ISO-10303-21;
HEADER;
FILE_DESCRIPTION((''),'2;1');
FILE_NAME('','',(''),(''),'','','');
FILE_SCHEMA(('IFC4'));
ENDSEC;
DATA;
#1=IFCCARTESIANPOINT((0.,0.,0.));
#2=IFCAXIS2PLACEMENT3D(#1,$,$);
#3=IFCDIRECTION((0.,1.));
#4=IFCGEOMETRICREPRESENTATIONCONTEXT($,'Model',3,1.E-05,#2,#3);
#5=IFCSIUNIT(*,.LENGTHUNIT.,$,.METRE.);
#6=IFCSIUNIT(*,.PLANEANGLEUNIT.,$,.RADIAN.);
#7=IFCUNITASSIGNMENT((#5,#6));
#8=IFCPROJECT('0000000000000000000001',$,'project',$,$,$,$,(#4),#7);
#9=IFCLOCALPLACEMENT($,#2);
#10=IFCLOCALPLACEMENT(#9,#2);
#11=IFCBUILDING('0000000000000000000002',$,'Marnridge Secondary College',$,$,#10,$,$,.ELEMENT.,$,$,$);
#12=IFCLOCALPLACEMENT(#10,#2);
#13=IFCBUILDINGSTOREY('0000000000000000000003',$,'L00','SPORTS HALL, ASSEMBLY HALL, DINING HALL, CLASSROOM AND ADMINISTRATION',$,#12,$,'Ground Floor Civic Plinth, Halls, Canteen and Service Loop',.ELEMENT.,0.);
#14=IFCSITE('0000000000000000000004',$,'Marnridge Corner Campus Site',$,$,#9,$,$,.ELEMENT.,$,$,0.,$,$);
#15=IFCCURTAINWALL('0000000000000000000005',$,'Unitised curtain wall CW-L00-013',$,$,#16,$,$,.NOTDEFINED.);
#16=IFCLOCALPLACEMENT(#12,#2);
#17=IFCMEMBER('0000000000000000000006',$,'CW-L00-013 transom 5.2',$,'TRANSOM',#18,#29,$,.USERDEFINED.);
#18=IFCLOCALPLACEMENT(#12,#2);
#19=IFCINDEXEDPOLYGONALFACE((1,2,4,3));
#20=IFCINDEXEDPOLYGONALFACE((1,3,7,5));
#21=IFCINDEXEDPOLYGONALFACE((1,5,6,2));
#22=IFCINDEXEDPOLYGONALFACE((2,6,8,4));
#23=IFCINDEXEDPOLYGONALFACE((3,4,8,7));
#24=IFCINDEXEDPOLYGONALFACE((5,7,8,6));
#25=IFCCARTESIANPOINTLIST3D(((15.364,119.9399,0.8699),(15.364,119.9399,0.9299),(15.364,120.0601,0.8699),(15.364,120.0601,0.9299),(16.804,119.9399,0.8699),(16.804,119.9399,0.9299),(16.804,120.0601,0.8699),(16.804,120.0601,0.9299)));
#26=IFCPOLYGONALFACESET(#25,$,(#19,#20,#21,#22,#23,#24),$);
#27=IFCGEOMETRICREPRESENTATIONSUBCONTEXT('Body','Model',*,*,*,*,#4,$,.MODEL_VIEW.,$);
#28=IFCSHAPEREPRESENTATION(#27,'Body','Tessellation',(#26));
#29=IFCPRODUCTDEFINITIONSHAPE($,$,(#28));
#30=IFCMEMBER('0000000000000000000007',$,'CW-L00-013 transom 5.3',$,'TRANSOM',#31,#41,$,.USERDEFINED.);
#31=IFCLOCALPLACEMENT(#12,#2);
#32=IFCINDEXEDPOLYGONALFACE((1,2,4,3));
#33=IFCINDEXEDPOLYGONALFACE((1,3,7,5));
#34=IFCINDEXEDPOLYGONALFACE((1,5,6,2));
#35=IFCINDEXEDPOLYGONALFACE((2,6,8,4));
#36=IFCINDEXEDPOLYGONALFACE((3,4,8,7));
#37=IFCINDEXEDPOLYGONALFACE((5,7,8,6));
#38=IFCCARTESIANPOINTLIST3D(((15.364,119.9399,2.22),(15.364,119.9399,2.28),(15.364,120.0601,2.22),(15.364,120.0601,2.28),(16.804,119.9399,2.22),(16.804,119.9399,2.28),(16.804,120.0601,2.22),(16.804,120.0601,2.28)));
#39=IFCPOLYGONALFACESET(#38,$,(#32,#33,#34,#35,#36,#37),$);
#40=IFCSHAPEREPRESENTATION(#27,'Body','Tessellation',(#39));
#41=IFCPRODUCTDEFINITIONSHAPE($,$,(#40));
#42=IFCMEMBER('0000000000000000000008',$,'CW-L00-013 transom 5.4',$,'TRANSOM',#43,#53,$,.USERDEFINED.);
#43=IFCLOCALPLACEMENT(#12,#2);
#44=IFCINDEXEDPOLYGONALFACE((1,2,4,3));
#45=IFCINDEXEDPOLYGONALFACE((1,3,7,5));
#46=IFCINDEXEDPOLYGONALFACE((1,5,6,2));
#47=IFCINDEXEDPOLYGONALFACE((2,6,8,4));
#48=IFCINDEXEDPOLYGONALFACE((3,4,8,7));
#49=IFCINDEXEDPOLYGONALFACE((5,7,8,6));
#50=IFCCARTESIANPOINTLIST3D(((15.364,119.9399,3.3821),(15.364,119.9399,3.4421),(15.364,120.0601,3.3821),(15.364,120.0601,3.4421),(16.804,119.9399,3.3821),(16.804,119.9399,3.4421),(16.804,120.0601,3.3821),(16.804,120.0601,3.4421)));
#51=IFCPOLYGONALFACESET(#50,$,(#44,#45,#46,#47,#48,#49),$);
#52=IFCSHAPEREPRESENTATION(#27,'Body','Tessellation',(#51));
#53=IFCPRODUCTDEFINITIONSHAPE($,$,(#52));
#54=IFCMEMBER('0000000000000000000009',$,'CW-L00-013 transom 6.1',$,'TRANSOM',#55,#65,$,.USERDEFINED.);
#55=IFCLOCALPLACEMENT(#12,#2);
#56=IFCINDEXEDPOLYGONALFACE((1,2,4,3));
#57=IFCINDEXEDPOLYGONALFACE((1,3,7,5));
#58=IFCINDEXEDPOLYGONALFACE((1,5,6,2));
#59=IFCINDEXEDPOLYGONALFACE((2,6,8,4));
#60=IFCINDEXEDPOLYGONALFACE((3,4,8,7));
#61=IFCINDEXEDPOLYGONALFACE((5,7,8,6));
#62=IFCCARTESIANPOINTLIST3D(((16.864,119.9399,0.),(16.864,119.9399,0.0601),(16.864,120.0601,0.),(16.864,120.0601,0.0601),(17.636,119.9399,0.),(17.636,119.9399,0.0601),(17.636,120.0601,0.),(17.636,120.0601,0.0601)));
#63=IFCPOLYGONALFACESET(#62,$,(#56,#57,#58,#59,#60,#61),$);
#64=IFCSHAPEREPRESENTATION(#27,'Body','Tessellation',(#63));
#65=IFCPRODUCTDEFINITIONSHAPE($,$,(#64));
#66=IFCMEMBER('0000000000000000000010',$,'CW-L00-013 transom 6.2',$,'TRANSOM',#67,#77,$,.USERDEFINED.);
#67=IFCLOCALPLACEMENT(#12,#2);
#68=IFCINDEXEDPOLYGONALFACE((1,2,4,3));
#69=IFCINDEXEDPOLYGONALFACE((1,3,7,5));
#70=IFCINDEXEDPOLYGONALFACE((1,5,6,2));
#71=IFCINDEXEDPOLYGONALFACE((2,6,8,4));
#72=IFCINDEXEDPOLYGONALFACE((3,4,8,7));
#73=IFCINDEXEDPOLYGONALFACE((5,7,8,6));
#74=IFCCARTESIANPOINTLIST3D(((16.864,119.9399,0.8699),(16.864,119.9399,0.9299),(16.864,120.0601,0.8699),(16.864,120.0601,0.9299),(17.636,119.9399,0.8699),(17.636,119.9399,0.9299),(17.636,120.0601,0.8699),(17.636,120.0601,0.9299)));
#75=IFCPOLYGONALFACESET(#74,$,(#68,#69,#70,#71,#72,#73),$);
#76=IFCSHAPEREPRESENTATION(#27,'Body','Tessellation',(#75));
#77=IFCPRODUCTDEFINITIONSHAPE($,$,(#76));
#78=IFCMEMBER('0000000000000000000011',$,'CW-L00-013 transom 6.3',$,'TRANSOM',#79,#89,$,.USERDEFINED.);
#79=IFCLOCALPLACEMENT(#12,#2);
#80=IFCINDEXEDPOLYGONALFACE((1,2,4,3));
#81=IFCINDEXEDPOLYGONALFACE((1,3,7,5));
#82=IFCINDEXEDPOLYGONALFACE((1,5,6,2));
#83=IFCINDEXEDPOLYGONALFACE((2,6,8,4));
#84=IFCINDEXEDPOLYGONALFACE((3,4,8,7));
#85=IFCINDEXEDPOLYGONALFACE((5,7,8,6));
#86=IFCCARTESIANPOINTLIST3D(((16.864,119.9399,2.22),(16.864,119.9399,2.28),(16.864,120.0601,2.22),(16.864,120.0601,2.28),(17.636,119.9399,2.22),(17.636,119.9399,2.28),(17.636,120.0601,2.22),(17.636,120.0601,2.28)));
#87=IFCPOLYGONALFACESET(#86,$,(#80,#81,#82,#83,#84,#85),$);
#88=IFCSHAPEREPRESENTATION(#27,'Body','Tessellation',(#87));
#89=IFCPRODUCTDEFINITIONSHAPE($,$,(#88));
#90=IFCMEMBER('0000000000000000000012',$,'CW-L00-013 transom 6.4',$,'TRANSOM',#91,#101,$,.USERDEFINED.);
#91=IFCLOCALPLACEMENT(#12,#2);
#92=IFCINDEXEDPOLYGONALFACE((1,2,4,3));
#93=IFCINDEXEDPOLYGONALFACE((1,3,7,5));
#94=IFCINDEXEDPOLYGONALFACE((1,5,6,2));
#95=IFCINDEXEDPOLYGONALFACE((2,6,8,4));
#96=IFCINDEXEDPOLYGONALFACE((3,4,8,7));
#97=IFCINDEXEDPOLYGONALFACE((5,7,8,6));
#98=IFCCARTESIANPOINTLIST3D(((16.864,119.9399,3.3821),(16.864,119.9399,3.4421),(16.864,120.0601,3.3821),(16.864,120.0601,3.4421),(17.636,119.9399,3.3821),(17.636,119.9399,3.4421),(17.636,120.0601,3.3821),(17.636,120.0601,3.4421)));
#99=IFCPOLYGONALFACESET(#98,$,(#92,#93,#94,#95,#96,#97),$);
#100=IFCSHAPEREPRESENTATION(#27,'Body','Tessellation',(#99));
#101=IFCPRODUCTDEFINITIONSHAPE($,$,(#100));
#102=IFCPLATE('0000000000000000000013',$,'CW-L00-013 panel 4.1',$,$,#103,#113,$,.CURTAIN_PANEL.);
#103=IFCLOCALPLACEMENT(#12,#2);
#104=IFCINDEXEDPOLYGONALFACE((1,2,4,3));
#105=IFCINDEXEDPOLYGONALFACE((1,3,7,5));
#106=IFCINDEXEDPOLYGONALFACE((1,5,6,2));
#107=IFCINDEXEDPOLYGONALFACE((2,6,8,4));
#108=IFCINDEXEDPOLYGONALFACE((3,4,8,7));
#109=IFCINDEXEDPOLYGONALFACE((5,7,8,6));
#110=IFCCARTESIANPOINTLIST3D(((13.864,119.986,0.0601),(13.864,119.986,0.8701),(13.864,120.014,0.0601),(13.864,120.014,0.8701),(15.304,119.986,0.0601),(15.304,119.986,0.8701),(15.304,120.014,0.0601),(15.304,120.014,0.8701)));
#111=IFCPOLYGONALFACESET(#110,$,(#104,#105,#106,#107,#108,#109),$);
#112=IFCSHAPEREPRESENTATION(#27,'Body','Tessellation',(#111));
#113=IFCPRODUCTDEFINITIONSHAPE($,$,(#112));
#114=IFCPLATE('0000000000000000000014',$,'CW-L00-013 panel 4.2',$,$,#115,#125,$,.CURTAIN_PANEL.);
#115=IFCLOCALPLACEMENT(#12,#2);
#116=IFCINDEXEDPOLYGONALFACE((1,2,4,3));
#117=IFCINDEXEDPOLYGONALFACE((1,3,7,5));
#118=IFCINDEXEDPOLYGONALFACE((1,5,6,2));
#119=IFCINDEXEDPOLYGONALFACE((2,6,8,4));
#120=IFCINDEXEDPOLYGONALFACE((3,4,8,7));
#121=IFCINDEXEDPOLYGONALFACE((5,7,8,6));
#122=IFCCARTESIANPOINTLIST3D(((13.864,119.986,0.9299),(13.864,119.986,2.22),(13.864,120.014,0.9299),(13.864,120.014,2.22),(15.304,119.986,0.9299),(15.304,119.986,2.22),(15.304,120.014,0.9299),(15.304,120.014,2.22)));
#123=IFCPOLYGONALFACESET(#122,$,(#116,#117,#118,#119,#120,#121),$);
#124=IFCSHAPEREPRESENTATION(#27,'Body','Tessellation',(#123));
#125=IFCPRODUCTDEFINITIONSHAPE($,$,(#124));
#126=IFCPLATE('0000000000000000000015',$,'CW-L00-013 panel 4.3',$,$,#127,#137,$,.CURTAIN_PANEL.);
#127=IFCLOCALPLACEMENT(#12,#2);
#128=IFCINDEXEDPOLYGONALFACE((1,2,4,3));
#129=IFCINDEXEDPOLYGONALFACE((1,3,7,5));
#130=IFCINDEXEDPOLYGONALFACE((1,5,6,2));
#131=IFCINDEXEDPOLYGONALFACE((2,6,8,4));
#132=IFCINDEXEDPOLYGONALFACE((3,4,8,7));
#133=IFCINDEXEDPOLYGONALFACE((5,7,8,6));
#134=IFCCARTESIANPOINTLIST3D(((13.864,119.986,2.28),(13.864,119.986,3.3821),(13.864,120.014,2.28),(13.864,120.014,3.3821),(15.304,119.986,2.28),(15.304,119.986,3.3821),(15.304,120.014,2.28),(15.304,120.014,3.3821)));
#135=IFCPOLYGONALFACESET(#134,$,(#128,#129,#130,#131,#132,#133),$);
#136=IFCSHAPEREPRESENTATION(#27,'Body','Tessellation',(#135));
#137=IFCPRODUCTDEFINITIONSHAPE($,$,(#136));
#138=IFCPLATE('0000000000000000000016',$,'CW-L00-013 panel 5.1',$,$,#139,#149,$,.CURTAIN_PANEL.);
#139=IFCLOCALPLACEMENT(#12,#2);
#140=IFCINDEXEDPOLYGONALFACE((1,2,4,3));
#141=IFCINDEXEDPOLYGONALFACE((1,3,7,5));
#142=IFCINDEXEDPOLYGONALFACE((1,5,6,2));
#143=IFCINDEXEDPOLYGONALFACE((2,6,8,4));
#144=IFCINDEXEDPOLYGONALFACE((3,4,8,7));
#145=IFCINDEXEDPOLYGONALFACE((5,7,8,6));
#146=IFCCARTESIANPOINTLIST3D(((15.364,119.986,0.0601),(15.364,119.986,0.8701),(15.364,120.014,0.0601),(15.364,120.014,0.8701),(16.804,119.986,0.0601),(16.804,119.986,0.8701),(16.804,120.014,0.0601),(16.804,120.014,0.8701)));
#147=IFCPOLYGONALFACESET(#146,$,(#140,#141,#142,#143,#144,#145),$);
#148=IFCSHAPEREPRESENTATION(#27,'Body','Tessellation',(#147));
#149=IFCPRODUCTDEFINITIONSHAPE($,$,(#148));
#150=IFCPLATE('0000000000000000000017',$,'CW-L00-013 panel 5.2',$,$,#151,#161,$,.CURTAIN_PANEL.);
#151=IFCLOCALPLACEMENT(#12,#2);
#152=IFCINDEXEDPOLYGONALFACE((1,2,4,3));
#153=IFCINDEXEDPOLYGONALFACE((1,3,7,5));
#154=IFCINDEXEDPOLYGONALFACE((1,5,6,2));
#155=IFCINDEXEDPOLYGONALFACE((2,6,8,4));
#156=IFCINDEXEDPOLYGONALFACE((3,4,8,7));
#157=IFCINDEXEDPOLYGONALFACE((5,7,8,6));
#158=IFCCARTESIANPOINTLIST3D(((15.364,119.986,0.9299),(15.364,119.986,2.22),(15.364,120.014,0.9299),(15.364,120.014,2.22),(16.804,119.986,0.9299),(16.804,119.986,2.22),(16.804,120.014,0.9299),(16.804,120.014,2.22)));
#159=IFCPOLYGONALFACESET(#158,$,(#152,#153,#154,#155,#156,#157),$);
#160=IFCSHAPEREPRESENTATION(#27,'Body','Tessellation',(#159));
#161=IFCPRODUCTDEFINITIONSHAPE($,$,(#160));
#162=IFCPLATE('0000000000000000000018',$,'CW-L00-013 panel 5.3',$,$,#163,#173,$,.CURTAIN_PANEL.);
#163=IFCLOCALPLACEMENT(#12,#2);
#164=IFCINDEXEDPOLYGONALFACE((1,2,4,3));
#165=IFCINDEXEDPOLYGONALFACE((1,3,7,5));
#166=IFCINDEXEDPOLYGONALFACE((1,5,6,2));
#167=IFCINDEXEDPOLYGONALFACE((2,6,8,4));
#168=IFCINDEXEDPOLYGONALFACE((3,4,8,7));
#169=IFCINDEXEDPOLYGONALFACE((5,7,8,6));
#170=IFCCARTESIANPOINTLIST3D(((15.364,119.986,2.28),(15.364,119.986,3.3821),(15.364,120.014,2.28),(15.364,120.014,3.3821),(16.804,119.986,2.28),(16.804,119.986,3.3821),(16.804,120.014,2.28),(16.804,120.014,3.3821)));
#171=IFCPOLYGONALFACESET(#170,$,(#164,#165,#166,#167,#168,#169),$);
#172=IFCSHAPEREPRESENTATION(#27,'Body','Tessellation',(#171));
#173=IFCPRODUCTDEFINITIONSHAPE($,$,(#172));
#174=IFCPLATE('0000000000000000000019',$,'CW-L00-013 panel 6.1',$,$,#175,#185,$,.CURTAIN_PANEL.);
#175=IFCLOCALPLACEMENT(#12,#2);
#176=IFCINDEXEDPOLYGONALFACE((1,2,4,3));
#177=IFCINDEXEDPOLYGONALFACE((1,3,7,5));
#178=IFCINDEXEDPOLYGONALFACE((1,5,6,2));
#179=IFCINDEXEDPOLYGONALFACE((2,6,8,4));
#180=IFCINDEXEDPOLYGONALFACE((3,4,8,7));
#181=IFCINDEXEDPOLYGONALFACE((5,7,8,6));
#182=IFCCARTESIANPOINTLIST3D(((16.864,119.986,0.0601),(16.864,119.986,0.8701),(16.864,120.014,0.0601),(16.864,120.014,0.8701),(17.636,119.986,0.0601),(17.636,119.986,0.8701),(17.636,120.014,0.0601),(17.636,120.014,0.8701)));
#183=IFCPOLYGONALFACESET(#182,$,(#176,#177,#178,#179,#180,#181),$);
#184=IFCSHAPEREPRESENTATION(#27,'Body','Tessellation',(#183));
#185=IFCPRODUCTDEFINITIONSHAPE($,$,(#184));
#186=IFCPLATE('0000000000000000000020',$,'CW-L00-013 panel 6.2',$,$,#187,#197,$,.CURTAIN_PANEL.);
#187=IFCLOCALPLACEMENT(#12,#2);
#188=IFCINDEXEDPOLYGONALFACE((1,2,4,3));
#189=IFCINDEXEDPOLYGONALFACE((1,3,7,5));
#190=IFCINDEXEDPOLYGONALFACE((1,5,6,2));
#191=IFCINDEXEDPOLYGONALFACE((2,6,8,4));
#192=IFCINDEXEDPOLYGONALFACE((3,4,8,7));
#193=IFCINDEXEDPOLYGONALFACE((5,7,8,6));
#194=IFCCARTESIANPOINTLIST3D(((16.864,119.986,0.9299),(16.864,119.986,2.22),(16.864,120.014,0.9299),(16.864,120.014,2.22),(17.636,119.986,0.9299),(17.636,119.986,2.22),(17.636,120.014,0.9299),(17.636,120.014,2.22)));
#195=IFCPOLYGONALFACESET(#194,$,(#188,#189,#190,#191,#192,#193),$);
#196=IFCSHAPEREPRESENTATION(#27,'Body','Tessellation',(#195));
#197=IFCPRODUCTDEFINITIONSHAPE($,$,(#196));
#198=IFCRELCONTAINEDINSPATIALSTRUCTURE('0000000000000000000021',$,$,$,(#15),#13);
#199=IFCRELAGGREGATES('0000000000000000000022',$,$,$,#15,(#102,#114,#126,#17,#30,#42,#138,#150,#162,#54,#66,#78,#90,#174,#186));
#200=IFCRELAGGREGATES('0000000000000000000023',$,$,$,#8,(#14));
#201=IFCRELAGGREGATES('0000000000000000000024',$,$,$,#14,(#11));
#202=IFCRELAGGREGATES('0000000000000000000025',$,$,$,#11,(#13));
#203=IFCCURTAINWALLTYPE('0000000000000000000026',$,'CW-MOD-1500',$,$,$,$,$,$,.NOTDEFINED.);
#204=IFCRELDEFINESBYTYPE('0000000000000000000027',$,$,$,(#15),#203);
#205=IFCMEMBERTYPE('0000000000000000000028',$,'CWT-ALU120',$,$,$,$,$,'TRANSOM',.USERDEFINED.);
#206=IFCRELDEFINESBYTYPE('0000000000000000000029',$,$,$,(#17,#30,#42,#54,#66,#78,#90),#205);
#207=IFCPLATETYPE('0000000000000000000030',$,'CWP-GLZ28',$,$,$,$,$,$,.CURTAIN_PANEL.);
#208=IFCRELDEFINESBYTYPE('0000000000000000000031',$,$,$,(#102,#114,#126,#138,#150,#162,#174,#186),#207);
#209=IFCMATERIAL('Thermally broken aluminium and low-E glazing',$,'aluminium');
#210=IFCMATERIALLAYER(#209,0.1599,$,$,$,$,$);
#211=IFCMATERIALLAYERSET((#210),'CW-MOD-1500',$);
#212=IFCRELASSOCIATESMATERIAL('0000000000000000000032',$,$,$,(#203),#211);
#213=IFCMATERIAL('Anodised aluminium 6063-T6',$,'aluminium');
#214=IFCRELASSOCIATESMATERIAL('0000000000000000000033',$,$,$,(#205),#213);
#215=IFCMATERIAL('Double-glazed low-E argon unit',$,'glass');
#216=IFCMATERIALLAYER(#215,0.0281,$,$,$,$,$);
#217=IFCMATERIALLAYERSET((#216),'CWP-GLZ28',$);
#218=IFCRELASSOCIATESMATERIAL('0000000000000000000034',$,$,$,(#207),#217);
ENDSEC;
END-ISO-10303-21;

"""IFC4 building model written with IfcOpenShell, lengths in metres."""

from ifc_helpers import new_model, si_unit, direction, frame, origin, origin_2d, place, context, subcontext, project, spatial, rectangle, extrude, material, layer, layer_set, material_profile, profile_set, type_object, element, aggregate, save


model = new_model("IFC4")

# Units and contexts
model_context = context("Model", 3, precision=1e-05, world=origin(), true_north=direction((0.0, 1.0)))
body_context = subcontext(model_context, "Body", "Model", "MODEL_VIEW")
ifc_project = project(units=[si_unit("LENGTHUNIT", "METRE"), si_unit("PLANEANGLEUNIT", "RADIAN")], contexts=[model_context])

# Site, building, storey
site_placement = place(None, origin())
site = spatial("IfcSite", under=ifc_project, at=site_placement, Name="Marnridge Corner Campus Site", CompositionType="ELEMENT", RefElevation=0.0)
building_placement = place(site_placement, origin())
building = spatial("IfcBuilding", under=site, at=building_placement, Name="Marnridge Secondary College", CompositionType="ELEMENT")
storey_placement = place(building_placement, origin())
storey = spatial("IfcBuildingStorey", under=building, at=storey_placement, Name="L00", Description="SPORTS HALL, ASSEMBLY HALL, DINING HALL, CLASSROOM AND ADMINISTRATION", LongName="Ground Floor Civic Plinth, Halls, Canteen and Service Loop", CompositionType="ELEMENT", Elevation=0.0)

# Curtain wall, members, plates
ifc_material_1 = material(Name="Thermally broken aluminium and low-E glazing", Category="aluminium")
ifc_layer_1 = layer(ifc_material_1, 0.1599)
ifc_layer_set_1 = layer_set([ifc_layer_1], Name="CW-MOD-1500")
curtain_wall_type = type_object("IfcCurtainWallType", Name="CW-MOD-1500", PredefinedType="NOTDEFINED", material=ifc_layer_set_1)
curtain_wall_placement = place(storey_placement, origin())
curtain_wall = element("IfcCurtainWall", 1, at=curtain_wall_placement, inside=storey, type_object=curtain_wall_type, Name="Unitised curtain wall CW-L00-013", PredefinedType="NOTDEFINED")
ifc_material_2 = material(Name="Anodised aluminium 6063-T6", Category="aluminium")
ifc_material_profile_1 = material_profile(ifc_material_2, rectangle(XDim=0.0601, YDim=0.1201, at=origin_2d()), Name="ALU 60x120")
ifc_profile_set_1 = profile_set([ifc_material_profile_1], Name="Anodised aluminium 6063-T6")
member_type_1 = type_object("IfcMemberType", Name="CWT-ALU120", ElementType="TRANSOM", PredefinedType="USERDEFINED", material=ifc_profile_set_1)
member_1_placement = place(storey_placement, frame((15.364, 120.0, 0.8999), z_axis=(1.0, 0.0, 0.0), x_axis=(0.0, 0.0, 1.0)))
member_1 = element("IfcMember", 2, at=member_1_placement, type_object=member_type_1, Name="CW-L00-013 transom 5.2", ObjectType="TRANSOM", PredefinedType="USERDEFINED", context=body_context, shape_type="SweptSolid", body=[
    extrude(rectangle(XDim=0.0601, YDim=0.1201, at=origin_2d()), origin(), (0.0, 0.0, 1.0), 1.4399),
])
member_2_placement = place(storey_placement, frame((15.364, 120.0, 2.25), z_axis=(1.0, 0.0, 0.0), x_axis=(0.0, 0.0, 1.0)))
member_2 = element("IfcMember", 3, at=member_2_placement, type_object=member_type_1, Name="CW-L00-013 transom 5.3", ObjectType="TRANSOM", PredefinedType="USERDEFINED", context=body_context, shape_type="SweptSolid", body=[
    extrude(rectangle(XDim=0.0601, YDim=0.1201, at=origin_2d()), origin(), (0.0, 0.0, 1.0), 1.4399),
])
member_3_placement = place(storey_placement, frame((15.364, 120.0, 3.4121), z_axis=(1.0, 0.0, 0.0), x_axis=(0.0, 0.0, 1.0)))
member_3 = element("IfcMember", 4, at=member_3_placement, type_object=member_type_1, Name="CW-L00-013 transom 5.4", ObjectType="TRANSOM", PredefinedType="USERDEFINED", context=body_context, shape_type="SweptSolid", body=[
    extrude(rectangle(XDim=0.0601, YDim=0.1201, at=origin_2d()), origin(), (0.0, 0.0, 1.0), 1.4399),
])
member_4_placement = place(storey_placement, frame((16.864, 120.0, 0.03), z_axis=(1.0, 0.0, 0.0), x_axis=(0.0, 0.0, 1.0)))
member_4 = element("IfcMember", 5, at=member_4_placement, type_object=member_type_1, Name="CW-L00-013 transom 6.1", ObjectType="TRANSOM", PredefinedType="USERDEFINED", context=body_context, shape_type="SweptSolid", body=[
    extrude(rectangle(XDim=0.0601, YDim=0.1201, at=origin_2d()), origin(), (0.0, 0.0, 1.0), 0.772),
])
member_5_placement = place(storey_placement, frame((16.864, 120.0, 0.8999), z_axis=(1.0, 0.0, 0.0), x_axis=(0.0, 0.0, 1.0)))
member_5 = element("IfcMember", 6, at=member_5_placement, type_object=member_type_1, Name="CW-L00-013 transom 6.2", ObjectType="TRANSOM", PredefinedType="USERDEFINED", context=body_context, shape_type="SweptSolid", body=[
    extrude(rectangle(XDim=0.0601, YDim=0.1201, at=origin_2d()), origin(), (0.0, 0.0, 1.0), 0.772),
])
member_6_placement = place(storey_placement, frame((16.864, 120.0, 2.25), z_axis=(1.0, 0.0, 0.0), x_axis=(0.0, 0.0, 1.0)))
member_6 = element("IfcMember", 7, at=member_6_placement, type_object=member_type_1, Name="CW-L00-013 transom 6.3", ObjectType="TRANSOM", PredefinedType="USERDEFINED", context=body_context, shape_type="SweptSolid", body=[
    extrude(rectangle(XDim=0.0601, YDim=0.1201, at=origin_2d()), origin(), (0.0, 0.0, 1.0), 0.772),
])
member_7_placement = place(storey_placement, frame((16.864, 120.0, 3.4121), z_axis=(1.0, 0.0, 0.0), x_axis=(0.0, 0.0, 1.0)))
member_7 = element("IfcMember", 8, at=member_7_placement, type_object=member_type_1, Name="CW-L00-013 transom 6.4", ObjectType="TRANSOM", PredefinedType="USERDEFINED", context=body_context, shape_type="SweptSolid", body=[
    extrude(rectangle(XDim=0.0601, YDim=0.1201, at=origin_2d()), origin(), (0.0, 0.0, 1.0), 0.772),
])
ifc_material_3 = material(Name="Double-glazed low-E argon unit", Category="glass")
ifc_layer_2 = layer(ifc_material_3, 0.0281)
ifc_layer_set_2 = layer_set([ifc_layer_2], Name="CWP-GLZ28")
plate_type = type_object("IfcPlateType", Name="CWP-GLZ28", PredefinedType="CURTAIN_PANEL", material=ifc_layer_set_2)
plate_1_placement = place(storey_placement, frame((14.584, 120.0, 0.0601), z_axis=(0.0, 0.0, 1.0), x_axis=(1.0, 0.0, 0.0)))
plate_1 = element("IfcPlate", 9, at=plate_1_placement, type_object=plate_type, Name="CW-L00-013 panel 4.1", PredefinedType="CURTAIN_PANEL", context=body_context, shape_type="SweptSolid", body=[
    extrude(rectangle(XDim=1.4399, YDim=0.0281, at=origin_2d()), origin(), (0.0, 0.0, 1.0), 0.8101),
])
plate_2_placement = place(storey_placement, frame((14.584, 120.0, 0.9299), z_axis=(0.0, 0.0, 1.0), x_axis=(1.0, 0.0, 0.0)))
plate_2 = element("IfcPlate", 10, at=plate_2_placement, type_object=plate_type, Name="CW-L00-013 panel 4.2", PredefinedType="CURTAIN_PANEL", context=body_context, shape_type="SweptSolid", body=[
    extrude(rectangle(XDim=1.4399, YDim=0.0281, at=origin_2d()), origin(), (0.0, 0.0, 1.0), 1.29),
])
plate_3_placement = place(storey_placement, frame((14.584, 120.0, 2.28), z_axis=(0.0, 0.0, 1.0), x_axis=(1.0, 0.0, 0.0)))
plate_3 = element("IfcPlate", 11, at=plate_3_placement, type_object=plate_type, Name="CW-L00-013 panel 4.3", PredefinedType="CURTAIN_PANEL", context=body_context, shape_type="SweptSolid", body=[
    extrude(rectangle(XDim=1.4399, YDim=0.0281, at=origin_2d()), origin(), (0.0, 0.0, 1.0), 1.1021),
])
plate_4_placement = place(storey_placement, frame((16.084, 120.0, 0.0601), z_axis=(0.0, 0.0, 1.0), x_axis=(1.0, 0.0, 0.0)))
plate_4 = element("IfcPlate", 12, at=plate_4_placement, type_object=plate_type, Name="CW-L00-013 panel 5.1", PredefinedType="CURTAIN_PANEL", context=body_context, shape_type="SweptSolid", body=[
    extrude(rectangle(XDim=1.4399, YDim=0.0281, at=origin_2d()), origin(), (0.0, 0.0, 1.0), 0.8101),
])
plate_5_placement = place(storey_placement, frame((16.084, 120.0, 0.9299), z_axis=(0.0, 0.0, 1.0), x_axis=(1.0, 0.0, 0.0)))
plate_5 = element("IfcPlate", 13, at=plate_5_placement, type_object=plate_type, Name="CW-L00-013 panel 5.2", PredefinedType="CURTAIN_PANEL", context=body_context, shape_type="SweptSolid", body=[
    extrude(rectangle(XDim=1.4399, YDim=0.0281, at=origin_2d()), origin(), (0.0, 0.0, 1.0), 1.29),
])
plate_6_placement = place(storey_placement, frame((16.084, 120.0, 2.28), z_axis=(0.0, 0.0, 1.0), x_axis=(1.0, 0.0, 0.0)))
plate_6 = element("IfcPlate", 14, at=plate_6_placement, type_object=plate_type, Name="CW-L00-013 panel 5.3", PredefinedType="CURTAIN_PANEL", context=body_context, shape_type="SweptSolid", body=[
    extrude(rectangle(XDim=1.4399, YDim=0.0281, at=origin_2d()), origin(), (0.0, 0.0, 1.0), 1.1021),
])
plate_7_placement = place(storey_placement, frame((17.25, 120.0, 0.0601), z_axis=(0.0, 0.0, 1.0), x_axis=(1.0, 0.0, 0.0)))
plate_7 = element("IfcPlate", 15, at=plate_7_placement, type_object=plate_type, Name="CW-L00-013 panel 6.1", PredefinedType="CURTAIN_PANEL", context=body_context, shape_type="SweptSolid", body=[
    extrude(rectangle(XDim=0.772, YDim=0.0281, at=origin_2d()), origin(), (0.0, 0.0, 1.0), 0.8101),
])
plate_8_placement = place(storey_placement, frame((17.25, 120.0, 0.9299), z_axis=(0.0, 0.0, 1.0), x_axis=(1.0, 0.0, 0.0)))
plate_8 = element("IfcPlate", 16, at=plate_8_placement, type_object=plate_type, Name="CW-L00-013 panel 6.2", PredefinedType="CURTAIN_PANEL", context=body_context, shape_type="SweptSolid", body=[
    extrude(rectangle(XDim=0.772, YDim=0.0281, at=origin_2d()), origin(), (0.0, 0.0, 1.0), 1.29),
])
aggregate(curtain_wall, [plate_1, plate_2, plate_3, member_1, member_2, member_3, plate_4, plate_5, plate_6, member_4, member_5, member_6, member_7, plate_7, plate_8])

save(model, "model.ifc")
